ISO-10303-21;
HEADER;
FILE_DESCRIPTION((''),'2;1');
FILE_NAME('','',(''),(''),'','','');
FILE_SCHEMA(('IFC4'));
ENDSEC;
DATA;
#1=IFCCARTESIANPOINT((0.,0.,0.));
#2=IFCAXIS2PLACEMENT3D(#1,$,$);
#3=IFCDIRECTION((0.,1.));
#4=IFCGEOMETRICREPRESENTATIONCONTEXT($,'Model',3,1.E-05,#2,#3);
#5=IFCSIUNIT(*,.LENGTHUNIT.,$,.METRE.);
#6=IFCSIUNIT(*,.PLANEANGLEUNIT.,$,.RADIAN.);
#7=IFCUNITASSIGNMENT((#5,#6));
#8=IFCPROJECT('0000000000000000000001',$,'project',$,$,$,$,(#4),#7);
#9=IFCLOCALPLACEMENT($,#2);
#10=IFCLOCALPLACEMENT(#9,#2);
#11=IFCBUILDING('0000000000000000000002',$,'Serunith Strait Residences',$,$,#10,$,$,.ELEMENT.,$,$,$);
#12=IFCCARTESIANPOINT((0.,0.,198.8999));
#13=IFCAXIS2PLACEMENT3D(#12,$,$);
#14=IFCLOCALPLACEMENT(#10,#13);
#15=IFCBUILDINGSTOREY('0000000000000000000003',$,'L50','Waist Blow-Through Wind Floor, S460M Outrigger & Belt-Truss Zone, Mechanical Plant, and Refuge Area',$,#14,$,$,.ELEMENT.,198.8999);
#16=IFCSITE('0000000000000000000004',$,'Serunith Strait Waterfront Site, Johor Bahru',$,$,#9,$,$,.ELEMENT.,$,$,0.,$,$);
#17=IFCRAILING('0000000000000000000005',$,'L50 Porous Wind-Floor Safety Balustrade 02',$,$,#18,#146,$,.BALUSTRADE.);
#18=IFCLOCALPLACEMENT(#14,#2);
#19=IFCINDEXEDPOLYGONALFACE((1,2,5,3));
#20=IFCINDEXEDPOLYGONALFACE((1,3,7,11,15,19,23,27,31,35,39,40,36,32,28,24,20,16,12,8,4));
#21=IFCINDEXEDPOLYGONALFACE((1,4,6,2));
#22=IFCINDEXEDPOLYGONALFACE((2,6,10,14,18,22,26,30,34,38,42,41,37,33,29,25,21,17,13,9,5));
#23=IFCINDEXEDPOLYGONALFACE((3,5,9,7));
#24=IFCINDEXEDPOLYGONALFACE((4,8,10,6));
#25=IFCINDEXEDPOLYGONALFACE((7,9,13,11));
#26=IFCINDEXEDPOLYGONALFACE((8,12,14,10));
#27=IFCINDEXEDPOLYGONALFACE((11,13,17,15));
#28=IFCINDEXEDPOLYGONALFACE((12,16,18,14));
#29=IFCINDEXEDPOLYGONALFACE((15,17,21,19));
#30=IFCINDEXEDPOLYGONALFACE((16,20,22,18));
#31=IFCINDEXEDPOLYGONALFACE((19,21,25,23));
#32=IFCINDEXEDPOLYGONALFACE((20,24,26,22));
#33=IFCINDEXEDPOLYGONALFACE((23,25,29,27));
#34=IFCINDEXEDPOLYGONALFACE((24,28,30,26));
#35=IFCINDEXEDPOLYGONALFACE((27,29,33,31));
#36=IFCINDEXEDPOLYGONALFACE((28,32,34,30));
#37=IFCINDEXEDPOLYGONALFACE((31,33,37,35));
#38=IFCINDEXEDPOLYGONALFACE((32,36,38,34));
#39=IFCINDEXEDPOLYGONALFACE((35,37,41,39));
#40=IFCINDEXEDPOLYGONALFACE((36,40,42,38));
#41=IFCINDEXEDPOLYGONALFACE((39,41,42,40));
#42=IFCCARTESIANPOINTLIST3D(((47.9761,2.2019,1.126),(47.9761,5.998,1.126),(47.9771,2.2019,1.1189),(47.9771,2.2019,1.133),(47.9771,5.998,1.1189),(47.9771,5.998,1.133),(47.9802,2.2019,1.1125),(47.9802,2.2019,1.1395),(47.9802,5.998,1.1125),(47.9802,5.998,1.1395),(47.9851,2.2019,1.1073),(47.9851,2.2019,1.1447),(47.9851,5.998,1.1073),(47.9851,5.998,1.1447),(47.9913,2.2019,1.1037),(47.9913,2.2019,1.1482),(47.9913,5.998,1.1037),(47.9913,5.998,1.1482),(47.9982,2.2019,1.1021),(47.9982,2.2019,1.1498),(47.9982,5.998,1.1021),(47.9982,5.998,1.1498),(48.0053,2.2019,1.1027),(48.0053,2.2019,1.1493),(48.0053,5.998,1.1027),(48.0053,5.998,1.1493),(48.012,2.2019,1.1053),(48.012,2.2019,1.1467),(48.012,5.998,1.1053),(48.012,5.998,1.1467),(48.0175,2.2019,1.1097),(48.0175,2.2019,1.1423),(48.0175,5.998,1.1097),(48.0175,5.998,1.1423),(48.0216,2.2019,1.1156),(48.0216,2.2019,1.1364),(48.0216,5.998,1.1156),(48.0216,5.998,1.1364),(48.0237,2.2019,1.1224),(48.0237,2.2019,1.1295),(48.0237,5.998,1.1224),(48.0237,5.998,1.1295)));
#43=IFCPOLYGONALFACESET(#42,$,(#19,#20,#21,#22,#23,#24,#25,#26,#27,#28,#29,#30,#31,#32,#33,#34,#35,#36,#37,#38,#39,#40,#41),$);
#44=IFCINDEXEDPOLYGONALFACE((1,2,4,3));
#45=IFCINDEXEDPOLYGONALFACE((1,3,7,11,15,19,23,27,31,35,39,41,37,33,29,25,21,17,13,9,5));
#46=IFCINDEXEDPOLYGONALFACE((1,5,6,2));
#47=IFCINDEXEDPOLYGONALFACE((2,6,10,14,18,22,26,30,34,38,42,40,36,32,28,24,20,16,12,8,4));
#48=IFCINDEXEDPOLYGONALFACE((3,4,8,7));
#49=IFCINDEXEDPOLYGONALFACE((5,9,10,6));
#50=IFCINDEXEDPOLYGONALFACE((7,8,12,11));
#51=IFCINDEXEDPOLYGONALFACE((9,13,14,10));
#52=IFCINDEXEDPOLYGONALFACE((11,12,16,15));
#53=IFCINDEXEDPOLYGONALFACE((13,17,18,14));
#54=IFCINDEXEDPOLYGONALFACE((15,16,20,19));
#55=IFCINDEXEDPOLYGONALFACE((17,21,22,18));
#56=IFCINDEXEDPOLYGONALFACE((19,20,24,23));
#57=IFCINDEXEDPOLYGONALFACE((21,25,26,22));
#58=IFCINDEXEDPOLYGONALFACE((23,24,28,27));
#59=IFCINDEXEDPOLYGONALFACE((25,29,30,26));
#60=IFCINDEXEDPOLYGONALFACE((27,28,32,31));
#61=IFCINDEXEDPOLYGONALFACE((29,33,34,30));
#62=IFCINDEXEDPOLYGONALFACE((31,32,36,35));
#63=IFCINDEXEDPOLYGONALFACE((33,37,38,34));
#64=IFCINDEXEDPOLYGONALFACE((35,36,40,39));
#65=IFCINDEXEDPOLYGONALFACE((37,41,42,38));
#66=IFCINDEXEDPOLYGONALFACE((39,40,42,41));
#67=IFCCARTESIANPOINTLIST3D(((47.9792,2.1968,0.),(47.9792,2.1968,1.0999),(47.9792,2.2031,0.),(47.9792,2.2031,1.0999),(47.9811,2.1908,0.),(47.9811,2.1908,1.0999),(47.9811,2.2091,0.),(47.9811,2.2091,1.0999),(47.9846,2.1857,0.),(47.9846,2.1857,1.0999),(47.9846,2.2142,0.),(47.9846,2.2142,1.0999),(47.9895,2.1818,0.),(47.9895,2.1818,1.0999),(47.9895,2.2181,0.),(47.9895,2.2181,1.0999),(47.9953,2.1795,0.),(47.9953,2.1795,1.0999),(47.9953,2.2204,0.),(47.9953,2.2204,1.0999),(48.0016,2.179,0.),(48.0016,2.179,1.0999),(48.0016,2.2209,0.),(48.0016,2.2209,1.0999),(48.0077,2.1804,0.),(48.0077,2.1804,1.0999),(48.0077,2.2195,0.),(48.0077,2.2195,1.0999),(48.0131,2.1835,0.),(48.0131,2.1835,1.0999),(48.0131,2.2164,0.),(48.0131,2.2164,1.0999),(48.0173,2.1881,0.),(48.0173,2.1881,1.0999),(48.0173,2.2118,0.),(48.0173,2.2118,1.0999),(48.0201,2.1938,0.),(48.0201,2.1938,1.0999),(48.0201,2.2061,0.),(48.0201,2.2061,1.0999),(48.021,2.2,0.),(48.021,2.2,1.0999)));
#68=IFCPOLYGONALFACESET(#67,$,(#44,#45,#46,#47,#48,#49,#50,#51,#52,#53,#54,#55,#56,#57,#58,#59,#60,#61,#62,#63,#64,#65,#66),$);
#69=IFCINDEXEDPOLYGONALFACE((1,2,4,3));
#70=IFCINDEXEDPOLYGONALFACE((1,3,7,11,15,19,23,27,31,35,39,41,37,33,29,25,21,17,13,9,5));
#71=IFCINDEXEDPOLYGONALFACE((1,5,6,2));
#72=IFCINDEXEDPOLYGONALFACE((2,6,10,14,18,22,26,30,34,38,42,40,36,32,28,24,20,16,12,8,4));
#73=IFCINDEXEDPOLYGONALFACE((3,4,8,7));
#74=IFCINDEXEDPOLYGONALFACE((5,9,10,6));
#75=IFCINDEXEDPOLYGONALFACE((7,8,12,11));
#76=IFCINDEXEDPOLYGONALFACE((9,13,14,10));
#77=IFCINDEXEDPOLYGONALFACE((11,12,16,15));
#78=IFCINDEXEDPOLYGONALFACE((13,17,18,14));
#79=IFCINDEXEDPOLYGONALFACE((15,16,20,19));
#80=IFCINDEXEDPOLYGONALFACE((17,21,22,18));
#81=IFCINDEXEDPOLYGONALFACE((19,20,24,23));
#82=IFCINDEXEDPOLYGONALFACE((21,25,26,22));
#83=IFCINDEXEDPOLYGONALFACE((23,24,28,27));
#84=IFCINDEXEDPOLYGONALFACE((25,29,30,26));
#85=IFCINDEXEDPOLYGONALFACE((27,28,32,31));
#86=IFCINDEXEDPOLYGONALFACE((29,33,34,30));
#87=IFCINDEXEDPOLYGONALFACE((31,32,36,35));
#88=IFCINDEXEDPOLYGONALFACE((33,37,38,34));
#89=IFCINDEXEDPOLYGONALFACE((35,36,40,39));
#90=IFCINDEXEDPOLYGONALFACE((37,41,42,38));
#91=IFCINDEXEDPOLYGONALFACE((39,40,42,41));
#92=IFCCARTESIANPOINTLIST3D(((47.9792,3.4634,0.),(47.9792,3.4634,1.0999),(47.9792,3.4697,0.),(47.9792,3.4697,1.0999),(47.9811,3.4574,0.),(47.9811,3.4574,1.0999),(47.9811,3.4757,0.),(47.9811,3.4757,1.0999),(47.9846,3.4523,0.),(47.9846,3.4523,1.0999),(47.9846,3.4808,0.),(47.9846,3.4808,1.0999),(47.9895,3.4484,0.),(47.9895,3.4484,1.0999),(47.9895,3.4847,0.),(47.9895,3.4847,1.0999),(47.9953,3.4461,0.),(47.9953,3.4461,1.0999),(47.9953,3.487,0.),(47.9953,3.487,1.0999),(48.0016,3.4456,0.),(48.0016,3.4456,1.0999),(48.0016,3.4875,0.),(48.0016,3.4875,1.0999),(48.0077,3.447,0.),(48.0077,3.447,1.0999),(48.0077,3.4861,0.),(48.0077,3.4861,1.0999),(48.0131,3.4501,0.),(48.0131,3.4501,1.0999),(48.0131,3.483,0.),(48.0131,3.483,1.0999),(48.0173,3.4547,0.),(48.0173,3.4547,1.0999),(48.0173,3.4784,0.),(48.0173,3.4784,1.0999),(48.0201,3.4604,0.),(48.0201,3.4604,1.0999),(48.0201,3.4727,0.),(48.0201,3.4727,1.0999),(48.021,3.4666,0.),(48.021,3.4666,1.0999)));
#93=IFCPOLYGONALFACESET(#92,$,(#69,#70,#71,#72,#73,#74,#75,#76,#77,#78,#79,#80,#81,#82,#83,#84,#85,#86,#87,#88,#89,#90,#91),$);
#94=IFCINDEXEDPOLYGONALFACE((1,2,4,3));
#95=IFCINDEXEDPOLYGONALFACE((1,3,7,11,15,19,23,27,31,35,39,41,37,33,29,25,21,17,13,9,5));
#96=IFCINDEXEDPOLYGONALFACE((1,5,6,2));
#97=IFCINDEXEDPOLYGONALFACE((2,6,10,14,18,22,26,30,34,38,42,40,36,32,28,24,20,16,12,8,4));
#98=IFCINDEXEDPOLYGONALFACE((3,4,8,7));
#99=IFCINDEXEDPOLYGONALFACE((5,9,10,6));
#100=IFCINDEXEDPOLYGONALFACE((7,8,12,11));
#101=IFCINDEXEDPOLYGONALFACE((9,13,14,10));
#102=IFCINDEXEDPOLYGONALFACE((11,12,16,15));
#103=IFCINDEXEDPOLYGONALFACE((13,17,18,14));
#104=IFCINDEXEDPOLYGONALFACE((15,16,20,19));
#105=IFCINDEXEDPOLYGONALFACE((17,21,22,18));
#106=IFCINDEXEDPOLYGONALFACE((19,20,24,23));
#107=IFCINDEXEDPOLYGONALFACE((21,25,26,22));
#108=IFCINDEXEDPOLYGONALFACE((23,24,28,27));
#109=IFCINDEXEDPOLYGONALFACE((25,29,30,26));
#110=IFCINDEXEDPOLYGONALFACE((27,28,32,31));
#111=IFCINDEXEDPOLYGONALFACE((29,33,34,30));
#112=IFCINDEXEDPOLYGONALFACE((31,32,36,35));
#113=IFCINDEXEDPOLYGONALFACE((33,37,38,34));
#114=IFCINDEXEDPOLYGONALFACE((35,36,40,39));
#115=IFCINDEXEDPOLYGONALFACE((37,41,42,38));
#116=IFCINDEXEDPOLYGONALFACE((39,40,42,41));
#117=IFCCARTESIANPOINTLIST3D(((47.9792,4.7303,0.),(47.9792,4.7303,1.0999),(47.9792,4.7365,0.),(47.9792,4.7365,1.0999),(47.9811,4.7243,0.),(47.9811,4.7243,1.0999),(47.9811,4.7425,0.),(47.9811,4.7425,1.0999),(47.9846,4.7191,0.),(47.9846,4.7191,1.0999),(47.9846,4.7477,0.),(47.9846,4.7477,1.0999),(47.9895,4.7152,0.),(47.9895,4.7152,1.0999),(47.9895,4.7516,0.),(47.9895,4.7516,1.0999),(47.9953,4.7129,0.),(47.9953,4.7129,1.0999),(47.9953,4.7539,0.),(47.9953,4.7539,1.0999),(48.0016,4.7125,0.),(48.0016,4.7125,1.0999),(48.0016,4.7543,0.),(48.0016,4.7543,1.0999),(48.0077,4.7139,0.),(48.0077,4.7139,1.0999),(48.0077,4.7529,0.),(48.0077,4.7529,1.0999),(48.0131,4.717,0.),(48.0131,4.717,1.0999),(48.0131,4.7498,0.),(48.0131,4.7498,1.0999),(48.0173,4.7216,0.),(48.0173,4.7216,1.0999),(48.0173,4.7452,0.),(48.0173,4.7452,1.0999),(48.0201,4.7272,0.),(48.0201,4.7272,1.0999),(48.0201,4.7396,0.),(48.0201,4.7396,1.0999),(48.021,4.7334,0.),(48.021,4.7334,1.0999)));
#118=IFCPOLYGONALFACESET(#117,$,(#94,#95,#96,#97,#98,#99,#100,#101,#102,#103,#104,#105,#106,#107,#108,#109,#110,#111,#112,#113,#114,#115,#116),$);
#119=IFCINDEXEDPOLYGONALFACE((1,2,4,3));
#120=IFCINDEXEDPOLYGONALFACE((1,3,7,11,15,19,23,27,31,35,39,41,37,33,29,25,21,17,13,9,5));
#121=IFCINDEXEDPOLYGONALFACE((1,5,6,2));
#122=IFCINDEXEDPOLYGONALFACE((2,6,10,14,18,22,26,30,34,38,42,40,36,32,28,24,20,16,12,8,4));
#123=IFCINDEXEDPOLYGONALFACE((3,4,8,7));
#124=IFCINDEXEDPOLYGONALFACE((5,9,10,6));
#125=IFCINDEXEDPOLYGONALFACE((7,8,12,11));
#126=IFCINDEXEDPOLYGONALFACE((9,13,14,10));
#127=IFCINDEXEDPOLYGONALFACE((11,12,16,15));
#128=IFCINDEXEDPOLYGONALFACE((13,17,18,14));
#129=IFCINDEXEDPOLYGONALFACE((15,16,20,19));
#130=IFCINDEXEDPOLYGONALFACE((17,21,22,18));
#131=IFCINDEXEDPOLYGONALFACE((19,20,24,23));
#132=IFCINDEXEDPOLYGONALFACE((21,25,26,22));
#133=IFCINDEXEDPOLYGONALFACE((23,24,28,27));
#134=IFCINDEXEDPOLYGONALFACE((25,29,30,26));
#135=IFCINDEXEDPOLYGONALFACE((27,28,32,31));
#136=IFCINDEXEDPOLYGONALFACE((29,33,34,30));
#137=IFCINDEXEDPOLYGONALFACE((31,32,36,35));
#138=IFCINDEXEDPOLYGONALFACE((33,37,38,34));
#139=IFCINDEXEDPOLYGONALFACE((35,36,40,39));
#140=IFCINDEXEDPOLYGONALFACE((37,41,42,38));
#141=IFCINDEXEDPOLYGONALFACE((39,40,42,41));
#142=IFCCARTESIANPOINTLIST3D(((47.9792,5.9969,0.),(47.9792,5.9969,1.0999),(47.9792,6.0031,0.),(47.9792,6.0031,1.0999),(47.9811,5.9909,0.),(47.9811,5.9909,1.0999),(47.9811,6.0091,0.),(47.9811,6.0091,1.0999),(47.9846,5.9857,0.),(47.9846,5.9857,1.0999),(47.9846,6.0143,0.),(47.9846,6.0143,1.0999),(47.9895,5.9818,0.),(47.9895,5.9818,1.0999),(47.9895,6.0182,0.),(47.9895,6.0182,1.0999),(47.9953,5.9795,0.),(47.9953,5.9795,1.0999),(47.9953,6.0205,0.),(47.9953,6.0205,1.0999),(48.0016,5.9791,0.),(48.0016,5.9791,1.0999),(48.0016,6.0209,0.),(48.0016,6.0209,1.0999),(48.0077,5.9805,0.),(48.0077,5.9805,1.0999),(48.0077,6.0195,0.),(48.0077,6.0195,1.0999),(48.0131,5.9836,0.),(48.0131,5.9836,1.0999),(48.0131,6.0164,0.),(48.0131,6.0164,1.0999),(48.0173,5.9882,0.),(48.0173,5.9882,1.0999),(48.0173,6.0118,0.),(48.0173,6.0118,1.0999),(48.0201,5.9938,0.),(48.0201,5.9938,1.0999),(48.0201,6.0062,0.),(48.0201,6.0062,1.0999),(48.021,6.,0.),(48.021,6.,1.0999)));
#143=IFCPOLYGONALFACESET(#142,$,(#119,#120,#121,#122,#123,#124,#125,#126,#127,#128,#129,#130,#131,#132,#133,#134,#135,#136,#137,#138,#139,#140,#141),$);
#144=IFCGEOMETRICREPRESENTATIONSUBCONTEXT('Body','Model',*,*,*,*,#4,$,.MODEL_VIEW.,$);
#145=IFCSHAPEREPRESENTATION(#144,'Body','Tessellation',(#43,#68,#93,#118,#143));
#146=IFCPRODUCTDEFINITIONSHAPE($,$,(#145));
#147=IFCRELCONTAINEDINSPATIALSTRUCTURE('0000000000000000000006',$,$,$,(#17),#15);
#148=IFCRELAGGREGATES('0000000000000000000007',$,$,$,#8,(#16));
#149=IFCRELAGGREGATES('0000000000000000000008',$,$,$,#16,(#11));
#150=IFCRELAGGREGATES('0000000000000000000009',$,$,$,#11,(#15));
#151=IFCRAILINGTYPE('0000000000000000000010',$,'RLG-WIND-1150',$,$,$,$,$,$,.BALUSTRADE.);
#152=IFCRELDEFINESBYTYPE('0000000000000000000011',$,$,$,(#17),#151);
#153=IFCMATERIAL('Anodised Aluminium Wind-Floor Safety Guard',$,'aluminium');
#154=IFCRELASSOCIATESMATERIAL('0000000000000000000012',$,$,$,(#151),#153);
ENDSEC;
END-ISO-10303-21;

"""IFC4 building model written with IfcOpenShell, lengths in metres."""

from ifc_helpers import new_model, si_unit, direction, frame, origin, origin_2d, place, context, subcontext, project, spatial, circle, extrude, material, type_object, element, save


model = new_model("IFC4")

# Units and contexts
model_context = context("Model", 3, precision=1e-05, world=origin(), true_north=direction((0.0, 1.0)))
body_context = subcontext(model_context, "Body", "Model", "MODEL_VIEW")
ifc_project = project(units=[si_unit("LENGTHUNIT", "METRE"), si_unit("PLANEANGLEUNIT", "RADIAN")], contexts=[model_context])

# Site, building, storey
site_placement = place(None, origin())
site = spatial("IfcSite", under=ifc_project, at=site_placement, Name="Serunith Strait Waterfront Site, Johor Bahru", CompositionType="ELEMENT", RefElevation=0.0)
building_placement = place(site_placement, origin())
building = spatial("IfcBuilding", under=site, at=building_placement, Name="Serunith Strait Residences", CompositionType="ELEMENT")
storey_placement = place(building_placement, frame((0.0, 0.0, 198.8999)))
storey = spatial("IfcBuildingStorey", under=building, at=storey_placement, Name="L50", Description="Waist Blow-Through Wind Floor, S460M Outrigger & Belt-Truss Zone, Mechanical Plant, and Refuge Area", CompositionType="ELEMENT", Elevation=198.8999)

# Railing
ifc_material_1 = material(Name="Anodised Aluminium Wind-Floor Safety Guard", Category="aluminium")
railing_type = type_object("IfcRailingType", Name="RLG-WIND-1150", PredefinedType="BALUSTRADE", material=ifc_material_1)
railing_1_placement = place(storey_placement, frame((48.0, 2.2, 0.0)))
element("IfcRailing", 1, at=railing_1_placement, inside=storey, type_object=railing_type, Name="L50 Porous Wind-Floor Safety Balustrade 02", PredefinedType="BALUSTRADE", context=body_context, shape_type="SweptSolid", body=[
    extrude(circle(Radius=0.0239, at=origin_2d()), frame((0.0, 0.002, 1.126), z_axis=(0.0, 1.0, 0.0), x_axis=(-1.0, 0.0, 0.0)), (0.0, 0.0, 1.0), 3.7961),
    extrude(circle(Radius=0.021, at=origin_2d()), origin(), (0.0, 0.0, 1.0), 1.0999),
    extrude(circle(Radius=0.021, at=origin_2d()), frame((0.0, 1.2666, 0.0)), (0.0, 0.0, 1.0), 1.0999),
    extrude(circle(Radius=0.021, at=origin_2d()), frame((0.0, 2.5334, 0.0)), (0.0, 0.0, 1.0), 1.0999),
    extrude(circle(Radius=0.021, at=origin_2d()), frame((0.0, 3.8, 0.0)), (0.0, 0.0, 1.0), 1.0999),
])

save(model, "model.ifc")
